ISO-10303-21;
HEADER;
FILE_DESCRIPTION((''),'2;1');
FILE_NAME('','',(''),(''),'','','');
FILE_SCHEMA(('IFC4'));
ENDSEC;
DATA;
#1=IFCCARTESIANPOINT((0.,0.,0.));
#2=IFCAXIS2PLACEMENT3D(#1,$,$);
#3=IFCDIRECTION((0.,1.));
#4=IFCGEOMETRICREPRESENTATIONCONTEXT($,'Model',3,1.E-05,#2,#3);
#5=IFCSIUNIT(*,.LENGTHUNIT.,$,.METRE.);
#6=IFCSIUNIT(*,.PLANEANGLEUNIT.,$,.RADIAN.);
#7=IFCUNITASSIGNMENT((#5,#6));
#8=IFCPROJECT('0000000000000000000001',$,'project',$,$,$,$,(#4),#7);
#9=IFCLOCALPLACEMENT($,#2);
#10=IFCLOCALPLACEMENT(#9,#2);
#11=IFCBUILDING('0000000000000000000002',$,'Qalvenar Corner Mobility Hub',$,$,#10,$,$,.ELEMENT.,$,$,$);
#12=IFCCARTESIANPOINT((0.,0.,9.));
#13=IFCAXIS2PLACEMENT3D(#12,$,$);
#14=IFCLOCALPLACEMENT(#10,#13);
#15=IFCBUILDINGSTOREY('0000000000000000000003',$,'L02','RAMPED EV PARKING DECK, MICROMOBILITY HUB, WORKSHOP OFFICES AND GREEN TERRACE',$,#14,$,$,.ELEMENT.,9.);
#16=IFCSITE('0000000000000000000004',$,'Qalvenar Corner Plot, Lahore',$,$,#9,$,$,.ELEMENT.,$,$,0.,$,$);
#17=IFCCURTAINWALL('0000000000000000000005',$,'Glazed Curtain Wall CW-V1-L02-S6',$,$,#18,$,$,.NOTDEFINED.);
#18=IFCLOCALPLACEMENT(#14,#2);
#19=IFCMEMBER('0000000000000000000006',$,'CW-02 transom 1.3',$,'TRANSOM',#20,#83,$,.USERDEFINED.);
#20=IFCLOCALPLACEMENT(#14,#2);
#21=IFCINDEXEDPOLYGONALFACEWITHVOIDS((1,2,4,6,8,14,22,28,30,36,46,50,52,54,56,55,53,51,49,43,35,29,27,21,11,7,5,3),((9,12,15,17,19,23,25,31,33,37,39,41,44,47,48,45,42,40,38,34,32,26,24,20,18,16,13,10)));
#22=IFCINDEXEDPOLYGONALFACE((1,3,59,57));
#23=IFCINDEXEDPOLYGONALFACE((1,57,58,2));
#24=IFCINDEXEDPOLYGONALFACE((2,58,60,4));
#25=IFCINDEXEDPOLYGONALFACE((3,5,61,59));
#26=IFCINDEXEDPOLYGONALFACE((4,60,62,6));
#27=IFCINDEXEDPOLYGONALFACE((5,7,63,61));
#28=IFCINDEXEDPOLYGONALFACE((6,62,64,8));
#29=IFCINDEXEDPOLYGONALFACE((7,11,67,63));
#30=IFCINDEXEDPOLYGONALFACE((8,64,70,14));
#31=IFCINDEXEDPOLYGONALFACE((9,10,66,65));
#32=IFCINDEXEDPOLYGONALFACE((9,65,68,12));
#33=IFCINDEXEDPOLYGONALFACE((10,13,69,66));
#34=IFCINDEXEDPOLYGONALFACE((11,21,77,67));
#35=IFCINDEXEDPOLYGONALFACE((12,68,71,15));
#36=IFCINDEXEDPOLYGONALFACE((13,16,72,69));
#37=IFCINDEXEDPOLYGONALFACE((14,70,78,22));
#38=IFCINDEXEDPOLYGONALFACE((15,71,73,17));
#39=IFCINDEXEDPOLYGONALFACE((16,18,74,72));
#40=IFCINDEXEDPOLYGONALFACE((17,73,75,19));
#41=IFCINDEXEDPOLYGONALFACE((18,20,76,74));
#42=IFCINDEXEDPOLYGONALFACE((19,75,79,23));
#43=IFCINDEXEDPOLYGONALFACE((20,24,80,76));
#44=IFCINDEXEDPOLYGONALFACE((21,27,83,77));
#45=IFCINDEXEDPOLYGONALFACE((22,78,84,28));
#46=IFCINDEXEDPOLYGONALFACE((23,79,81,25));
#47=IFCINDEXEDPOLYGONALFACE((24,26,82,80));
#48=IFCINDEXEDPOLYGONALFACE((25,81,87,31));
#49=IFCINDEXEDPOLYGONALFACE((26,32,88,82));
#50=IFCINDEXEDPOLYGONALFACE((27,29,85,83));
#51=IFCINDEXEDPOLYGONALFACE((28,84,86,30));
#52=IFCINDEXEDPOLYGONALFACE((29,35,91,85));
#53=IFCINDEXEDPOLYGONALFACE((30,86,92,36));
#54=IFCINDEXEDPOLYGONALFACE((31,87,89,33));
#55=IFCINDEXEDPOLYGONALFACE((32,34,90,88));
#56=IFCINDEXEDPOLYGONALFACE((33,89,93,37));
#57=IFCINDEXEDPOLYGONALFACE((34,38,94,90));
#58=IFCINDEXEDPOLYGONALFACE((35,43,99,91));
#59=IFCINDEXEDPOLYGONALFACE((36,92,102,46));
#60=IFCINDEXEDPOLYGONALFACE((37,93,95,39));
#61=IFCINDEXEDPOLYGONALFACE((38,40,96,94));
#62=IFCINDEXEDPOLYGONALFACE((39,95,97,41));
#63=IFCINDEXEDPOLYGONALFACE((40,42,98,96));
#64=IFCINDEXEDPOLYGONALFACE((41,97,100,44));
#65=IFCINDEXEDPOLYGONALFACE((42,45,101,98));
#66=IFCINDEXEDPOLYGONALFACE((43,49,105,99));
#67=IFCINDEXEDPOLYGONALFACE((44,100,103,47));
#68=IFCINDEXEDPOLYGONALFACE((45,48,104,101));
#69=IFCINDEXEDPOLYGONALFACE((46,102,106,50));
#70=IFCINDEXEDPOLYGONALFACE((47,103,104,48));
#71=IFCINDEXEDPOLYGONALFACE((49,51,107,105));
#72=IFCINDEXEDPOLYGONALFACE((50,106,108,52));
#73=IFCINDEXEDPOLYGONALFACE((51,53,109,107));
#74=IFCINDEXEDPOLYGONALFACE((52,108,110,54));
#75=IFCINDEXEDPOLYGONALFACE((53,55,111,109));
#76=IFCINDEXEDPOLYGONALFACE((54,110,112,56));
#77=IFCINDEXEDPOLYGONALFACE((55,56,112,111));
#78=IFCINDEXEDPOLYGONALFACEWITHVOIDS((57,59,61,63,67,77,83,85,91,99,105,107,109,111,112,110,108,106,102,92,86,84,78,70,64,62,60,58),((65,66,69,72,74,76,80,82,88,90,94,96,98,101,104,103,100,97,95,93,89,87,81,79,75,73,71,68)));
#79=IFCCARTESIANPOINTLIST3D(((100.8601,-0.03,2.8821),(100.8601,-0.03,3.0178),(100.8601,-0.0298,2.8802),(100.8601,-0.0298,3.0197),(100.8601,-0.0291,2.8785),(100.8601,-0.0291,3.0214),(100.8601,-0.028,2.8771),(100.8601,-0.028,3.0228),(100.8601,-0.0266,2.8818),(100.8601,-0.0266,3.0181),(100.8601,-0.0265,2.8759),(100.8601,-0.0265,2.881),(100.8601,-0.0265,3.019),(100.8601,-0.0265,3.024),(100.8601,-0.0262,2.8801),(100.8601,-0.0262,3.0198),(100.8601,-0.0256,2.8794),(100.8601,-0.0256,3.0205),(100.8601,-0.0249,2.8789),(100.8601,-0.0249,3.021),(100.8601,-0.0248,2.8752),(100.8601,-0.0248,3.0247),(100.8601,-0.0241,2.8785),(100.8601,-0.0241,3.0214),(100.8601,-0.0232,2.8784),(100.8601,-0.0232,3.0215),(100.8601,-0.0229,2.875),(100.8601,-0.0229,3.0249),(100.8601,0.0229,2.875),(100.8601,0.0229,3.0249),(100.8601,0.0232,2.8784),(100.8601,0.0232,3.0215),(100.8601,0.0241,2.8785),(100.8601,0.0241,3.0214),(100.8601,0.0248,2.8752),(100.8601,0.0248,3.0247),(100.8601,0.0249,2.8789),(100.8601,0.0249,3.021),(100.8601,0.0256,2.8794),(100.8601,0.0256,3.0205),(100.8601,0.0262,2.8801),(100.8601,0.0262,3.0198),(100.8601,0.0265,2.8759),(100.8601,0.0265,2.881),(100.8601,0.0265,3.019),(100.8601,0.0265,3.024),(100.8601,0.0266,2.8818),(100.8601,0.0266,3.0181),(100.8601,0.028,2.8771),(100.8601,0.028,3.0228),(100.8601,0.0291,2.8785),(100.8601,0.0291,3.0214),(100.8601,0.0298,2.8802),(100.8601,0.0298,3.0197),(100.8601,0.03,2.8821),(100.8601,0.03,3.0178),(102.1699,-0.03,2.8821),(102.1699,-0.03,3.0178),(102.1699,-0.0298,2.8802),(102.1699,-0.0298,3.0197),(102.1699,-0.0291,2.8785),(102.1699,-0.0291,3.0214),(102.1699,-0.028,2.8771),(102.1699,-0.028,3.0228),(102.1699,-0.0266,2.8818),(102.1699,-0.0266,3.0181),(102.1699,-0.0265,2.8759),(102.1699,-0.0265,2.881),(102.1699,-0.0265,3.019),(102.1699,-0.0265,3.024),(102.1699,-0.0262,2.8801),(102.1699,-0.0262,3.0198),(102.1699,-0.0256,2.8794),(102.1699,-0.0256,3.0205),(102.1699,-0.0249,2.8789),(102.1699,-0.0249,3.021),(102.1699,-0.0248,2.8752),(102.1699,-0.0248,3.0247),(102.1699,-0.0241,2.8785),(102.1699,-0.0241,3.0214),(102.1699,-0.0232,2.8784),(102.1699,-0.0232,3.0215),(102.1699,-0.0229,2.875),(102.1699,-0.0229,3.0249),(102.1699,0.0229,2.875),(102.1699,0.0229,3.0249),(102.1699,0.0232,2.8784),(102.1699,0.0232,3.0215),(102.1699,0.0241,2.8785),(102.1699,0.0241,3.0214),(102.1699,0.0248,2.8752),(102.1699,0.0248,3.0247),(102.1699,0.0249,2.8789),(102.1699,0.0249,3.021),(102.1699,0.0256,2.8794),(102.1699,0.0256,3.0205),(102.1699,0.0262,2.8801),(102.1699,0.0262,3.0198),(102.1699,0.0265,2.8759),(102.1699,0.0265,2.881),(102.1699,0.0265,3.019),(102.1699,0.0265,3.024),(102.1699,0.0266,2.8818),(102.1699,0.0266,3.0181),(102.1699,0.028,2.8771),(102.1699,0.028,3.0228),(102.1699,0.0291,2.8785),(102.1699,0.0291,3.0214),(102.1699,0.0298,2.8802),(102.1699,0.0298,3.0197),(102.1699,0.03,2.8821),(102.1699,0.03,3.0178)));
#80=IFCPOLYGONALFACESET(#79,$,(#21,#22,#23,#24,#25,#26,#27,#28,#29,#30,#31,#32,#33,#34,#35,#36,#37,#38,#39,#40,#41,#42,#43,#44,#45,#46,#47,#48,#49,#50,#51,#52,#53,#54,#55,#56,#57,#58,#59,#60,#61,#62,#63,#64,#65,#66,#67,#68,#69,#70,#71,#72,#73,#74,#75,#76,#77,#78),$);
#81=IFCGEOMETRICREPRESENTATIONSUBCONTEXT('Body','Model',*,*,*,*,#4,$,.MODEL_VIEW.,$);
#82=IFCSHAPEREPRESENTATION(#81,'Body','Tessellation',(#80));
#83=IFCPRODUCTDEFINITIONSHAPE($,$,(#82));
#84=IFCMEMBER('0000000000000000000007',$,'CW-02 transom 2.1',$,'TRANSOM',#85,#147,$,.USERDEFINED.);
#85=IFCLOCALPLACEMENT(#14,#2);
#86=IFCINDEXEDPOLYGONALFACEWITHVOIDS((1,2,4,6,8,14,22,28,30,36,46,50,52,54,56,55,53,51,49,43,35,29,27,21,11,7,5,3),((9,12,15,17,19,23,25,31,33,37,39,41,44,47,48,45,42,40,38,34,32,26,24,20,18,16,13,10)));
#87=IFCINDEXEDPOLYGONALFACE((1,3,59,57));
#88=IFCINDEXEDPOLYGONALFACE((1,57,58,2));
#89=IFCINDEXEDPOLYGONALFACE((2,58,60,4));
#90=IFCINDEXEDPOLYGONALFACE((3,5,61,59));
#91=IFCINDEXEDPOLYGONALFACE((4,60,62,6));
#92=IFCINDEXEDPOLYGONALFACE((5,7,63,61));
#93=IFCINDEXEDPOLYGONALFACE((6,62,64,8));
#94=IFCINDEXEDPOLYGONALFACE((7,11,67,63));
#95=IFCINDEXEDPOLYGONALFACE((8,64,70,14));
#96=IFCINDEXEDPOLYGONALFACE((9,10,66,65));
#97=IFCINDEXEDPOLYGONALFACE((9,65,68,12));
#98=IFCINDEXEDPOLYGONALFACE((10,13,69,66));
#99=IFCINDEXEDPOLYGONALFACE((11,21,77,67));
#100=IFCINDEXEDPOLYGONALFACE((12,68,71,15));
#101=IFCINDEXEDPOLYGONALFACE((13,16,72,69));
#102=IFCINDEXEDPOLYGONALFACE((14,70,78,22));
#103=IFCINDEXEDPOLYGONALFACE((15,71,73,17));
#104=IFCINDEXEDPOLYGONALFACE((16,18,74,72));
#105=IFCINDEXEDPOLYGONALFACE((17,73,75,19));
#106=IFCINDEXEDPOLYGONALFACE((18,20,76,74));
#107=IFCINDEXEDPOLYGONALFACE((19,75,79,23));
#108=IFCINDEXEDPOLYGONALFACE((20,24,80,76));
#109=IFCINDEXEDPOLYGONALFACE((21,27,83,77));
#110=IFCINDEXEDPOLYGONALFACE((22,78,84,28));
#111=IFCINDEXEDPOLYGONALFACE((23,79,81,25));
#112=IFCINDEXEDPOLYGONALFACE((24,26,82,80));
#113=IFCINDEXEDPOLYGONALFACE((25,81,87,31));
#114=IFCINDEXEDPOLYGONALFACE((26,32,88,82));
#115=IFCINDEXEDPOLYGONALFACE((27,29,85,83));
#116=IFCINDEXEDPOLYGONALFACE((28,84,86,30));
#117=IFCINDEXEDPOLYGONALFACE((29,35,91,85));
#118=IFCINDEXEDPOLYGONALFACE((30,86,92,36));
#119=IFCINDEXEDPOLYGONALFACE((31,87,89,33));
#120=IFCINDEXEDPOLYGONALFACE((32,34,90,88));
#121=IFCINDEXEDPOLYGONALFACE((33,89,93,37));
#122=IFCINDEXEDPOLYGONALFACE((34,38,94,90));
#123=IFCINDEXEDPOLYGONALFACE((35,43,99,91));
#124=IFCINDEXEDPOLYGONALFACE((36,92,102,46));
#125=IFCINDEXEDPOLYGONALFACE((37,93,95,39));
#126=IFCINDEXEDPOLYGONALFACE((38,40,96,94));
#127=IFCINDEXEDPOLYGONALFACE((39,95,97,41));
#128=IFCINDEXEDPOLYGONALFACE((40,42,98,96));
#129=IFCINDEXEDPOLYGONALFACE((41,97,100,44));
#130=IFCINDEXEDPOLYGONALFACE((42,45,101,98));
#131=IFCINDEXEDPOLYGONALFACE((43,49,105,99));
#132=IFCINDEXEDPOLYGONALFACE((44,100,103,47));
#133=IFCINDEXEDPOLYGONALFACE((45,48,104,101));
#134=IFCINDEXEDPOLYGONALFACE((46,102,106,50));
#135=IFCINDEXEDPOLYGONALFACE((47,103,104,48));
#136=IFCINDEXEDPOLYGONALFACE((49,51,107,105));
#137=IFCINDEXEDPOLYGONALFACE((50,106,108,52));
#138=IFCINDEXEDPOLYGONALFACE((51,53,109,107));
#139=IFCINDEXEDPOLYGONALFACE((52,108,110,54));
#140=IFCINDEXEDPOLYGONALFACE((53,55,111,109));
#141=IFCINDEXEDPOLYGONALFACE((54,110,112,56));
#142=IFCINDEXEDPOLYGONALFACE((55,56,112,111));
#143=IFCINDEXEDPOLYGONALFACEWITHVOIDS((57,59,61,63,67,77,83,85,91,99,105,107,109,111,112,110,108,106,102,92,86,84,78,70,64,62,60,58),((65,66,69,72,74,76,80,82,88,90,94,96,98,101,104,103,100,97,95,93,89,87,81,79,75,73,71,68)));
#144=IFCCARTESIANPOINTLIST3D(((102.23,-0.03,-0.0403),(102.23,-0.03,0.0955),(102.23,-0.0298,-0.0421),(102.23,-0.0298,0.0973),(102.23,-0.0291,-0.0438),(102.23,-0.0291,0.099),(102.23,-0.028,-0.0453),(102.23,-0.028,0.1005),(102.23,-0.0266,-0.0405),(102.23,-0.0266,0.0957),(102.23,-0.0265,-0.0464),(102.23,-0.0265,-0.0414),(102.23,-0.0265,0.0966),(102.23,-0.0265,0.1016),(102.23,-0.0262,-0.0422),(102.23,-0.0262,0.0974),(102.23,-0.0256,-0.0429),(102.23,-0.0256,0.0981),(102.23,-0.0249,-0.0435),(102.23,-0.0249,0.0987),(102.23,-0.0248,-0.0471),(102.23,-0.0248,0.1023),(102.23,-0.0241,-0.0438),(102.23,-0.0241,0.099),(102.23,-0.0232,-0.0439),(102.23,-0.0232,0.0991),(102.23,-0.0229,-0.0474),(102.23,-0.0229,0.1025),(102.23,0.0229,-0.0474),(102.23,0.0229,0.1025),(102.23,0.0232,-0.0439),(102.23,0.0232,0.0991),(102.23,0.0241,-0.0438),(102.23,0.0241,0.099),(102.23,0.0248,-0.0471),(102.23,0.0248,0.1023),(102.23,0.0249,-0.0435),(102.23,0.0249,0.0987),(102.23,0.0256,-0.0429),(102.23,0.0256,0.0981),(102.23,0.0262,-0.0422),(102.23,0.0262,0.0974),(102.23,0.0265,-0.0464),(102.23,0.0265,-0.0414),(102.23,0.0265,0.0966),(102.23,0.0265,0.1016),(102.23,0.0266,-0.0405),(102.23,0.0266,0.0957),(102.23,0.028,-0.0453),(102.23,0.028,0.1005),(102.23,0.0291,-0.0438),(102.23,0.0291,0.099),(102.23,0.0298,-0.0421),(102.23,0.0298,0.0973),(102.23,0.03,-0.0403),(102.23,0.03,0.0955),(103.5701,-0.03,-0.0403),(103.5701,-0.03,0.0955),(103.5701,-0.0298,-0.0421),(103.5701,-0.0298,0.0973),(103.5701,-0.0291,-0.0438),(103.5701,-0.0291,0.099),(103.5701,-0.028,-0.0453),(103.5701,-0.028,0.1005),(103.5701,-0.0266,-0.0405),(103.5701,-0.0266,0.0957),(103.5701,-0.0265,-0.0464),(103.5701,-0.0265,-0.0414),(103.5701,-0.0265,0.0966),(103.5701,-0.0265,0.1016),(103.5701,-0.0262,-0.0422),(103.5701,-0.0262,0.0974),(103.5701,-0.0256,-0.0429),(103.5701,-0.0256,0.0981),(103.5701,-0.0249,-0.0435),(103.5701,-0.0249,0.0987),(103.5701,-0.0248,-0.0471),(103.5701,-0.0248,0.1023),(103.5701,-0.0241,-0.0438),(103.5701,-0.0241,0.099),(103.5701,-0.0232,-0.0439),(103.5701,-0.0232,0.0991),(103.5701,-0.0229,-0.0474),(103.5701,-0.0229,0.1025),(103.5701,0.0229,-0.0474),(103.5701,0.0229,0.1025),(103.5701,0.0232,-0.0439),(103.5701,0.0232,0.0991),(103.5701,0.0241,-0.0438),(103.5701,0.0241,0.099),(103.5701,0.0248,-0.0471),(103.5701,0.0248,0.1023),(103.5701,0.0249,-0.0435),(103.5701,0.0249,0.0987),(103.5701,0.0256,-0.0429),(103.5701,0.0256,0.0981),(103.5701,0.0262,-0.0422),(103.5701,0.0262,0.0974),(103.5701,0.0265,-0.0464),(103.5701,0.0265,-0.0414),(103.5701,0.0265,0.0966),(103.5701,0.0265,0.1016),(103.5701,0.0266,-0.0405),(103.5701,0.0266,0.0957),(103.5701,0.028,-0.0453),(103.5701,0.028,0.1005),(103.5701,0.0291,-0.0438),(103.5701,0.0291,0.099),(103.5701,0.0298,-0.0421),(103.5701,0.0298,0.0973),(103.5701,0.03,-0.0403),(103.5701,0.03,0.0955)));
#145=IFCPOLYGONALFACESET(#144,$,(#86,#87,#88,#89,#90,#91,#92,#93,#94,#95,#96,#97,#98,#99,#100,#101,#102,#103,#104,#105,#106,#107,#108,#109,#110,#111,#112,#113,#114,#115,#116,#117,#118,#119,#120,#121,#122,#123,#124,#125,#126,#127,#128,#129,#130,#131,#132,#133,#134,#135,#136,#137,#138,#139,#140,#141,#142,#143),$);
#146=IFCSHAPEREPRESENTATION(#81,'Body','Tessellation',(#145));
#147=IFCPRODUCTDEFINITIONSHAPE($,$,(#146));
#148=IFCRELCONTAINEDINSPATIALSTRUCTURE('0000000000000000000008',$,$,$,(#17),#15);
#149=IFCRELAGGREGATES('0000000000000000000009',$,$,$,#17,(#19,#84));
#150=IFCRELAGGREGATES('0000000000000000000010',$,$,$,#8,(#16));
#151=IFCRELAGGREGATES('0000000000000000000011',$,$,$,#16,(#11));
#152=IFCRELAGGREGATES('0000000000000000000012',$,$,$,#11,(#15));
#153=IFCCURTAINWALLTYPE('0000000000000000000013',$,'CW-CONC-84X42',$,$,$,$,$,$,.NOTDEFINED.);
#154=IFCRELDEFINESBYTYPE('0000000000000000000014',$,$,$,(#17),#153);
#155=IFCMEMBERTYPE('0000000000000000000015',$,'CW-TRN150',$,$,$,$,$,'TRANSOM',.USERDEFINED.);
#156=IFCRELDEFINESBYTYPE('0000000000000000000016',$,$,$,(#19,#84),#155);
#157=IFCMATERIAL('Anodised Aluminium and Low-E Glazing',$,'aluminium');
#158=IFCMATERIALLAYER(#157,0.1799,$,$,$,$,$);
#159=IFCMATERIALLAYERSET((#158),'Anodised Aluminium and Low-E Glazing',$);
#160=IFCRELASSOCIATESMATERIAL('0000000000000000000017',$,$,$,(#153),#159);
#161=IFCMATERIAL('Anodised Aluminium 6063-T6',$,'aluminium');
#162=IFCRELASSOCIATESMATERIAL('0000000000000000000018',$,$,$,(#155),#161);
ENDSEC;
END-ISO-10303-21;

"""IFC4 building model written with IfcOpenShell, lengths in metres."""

from ifc_helpers import new_model, si_unit, direction, frame, origin, origin_2d, place, context, subcontext, project, spatial, hollow_rectangle, extrude, material, layer, layer_set, material_profile, profile_set, type_object, element, aggregate, save


model = new_model("IFC4")

# Units and contexts
model_context = context("Model", 3, precision=1e-05, world=origin(), true_north=direction((0.0, 1.0)))
body_context = subcontext(model_context, "Body", "Model", "MODEL_VIEW")
ifc_project = project(units=[si_unit("LENGTHUNIT", "METRE"), si_unit("PLANEANGLEUNIT", "RADIAN")], contexts=[model_context])

# Site, building, storey
site_placement = place(None, origin())
site = spatial("IfcSite", under=ifc_project, at=site_placement, Name="Qalvenar Corner Plot, Lahore", CompositionType="ELEMENT", RefElevation=0.0)
building_placement = place(site_placement, origin())
building = spatial("IfcBuilding", under=site, at=building_placement, Name="Qalvenar Corner Mobility Hub", CompositionType="ELEMENT")
storey_placement = place(building_placement, frame((0.0, 0.0, 9.0)))
storey = spatial("IfcBuildingStorey", under=building, at=storey_placement, Name="L02", Description="RAMPED EV PARKING DECK, MICROMOBILITY HUB, WORKSHOP OFFICES AND GREEN TERRACE", CompositionType="ELEMENT", Elevation=9.0)

# Curtain wall
ifc_material_1 = material(Name="Anodised Aluminium and Low-E Glazing", Category="aluminium")
ifc_layer_1 = layer(ifc_material_1, 0.1799)
ifc_layer_set_1 = layer_set([ifc_layer_1], Name="Anodised Aluminium and Low-E Glazing")
curtain_wall_type = type_object("IfcCurtainWallType", Name="CW-CONC-84X42", PredefinedType="NOTDEFINED", material=ifc_layer_set_1)
ifc_material_2 = material(Name="Anodised Aluminium 6063-T6", Category="aluminium")
curtain_wall_1_placement = place(storey_placement, origin())
curtain_wall_1 = element("IfcCurtainWall", 1, at=curtain_wall_1_placement, inside=storey, type_object=curtain_wall_type, Name="Glazed Curtain Wall CW-V1-L02-S6", PredefinedType="NOTDEFINED")

# Members
ifc_material_profile_1 = material_profile(ifc_material_2, hollow_rectangle(XDim=0.0601, YDim=0.1499, WallThickness=0.0034, InnerFilletRadius=0.0034, OuterFilletRadius=0.0071, at=origin_2d()), Name="RHS150x60x3.5")
ifc_profile_set_1 = profile_set([ifc_material_profile_1], Name="Anodised Aluminium 6063-T6")
member_type_1 = type_object("IfcMemberType", Name="CW-TRN150", ElementType="TRANSOM", PredefinedType="USERDEFINED", material=ifc_profile_set_1)
member_1_placement = place(storey_placement, frame((100.8601, 0.0, 2.95), z_axis=(1.0, 0.0, 0.0), x_axis=(0.0, 1.0, 0.0)))
member_1 = element("IfcMember", 2, at=member_1_placement, type_object=member_type_1, Name="CW-02 transom 1.3", ObjectType="TRANSOM", PredefinedType="USERDEFINED", context=body_context, shape_type="SweptSolid", body=[
    extrude(hollow_rectangle(XDim=0.0601, YDim=0.1499, WallThickness=0.0034, InnerFilletRadius=0.0034, OuterFilletRadius=0.0071, at=origin_2d()), origin(), (0.0, 0.0, 1.0), 1.3098),
])
member_2_placement = place(storey_placement, frame((102.23, 0.0, 0.0276), z_axis=(1.0, 0.0, 0.0), x_axis=(0.0, 1.0, 0.0)))
member_2 = element("IfcMember", 3, at=member_2_placement, type_object=member_type_1, Name="CW-02 transom 2.1", ObjectType="TRANSOM", PredefinedType="USERDEFINED", context=body_context, shape_type="SweptSolid", body=[
    extrude(hollow_rectangle(XDim=0.0601, YDim=0.1499, WallThickness=0.0034, InnerFilletRadius=0.0034, OuterFilletRadius=0.0071, at=origin_2d()), origin(), (0.0, 0.0, 1.0), 1.3401),
])

aggregate(curtain_wall_1, [member_1, member_2])

save(model, "model.ifc")
